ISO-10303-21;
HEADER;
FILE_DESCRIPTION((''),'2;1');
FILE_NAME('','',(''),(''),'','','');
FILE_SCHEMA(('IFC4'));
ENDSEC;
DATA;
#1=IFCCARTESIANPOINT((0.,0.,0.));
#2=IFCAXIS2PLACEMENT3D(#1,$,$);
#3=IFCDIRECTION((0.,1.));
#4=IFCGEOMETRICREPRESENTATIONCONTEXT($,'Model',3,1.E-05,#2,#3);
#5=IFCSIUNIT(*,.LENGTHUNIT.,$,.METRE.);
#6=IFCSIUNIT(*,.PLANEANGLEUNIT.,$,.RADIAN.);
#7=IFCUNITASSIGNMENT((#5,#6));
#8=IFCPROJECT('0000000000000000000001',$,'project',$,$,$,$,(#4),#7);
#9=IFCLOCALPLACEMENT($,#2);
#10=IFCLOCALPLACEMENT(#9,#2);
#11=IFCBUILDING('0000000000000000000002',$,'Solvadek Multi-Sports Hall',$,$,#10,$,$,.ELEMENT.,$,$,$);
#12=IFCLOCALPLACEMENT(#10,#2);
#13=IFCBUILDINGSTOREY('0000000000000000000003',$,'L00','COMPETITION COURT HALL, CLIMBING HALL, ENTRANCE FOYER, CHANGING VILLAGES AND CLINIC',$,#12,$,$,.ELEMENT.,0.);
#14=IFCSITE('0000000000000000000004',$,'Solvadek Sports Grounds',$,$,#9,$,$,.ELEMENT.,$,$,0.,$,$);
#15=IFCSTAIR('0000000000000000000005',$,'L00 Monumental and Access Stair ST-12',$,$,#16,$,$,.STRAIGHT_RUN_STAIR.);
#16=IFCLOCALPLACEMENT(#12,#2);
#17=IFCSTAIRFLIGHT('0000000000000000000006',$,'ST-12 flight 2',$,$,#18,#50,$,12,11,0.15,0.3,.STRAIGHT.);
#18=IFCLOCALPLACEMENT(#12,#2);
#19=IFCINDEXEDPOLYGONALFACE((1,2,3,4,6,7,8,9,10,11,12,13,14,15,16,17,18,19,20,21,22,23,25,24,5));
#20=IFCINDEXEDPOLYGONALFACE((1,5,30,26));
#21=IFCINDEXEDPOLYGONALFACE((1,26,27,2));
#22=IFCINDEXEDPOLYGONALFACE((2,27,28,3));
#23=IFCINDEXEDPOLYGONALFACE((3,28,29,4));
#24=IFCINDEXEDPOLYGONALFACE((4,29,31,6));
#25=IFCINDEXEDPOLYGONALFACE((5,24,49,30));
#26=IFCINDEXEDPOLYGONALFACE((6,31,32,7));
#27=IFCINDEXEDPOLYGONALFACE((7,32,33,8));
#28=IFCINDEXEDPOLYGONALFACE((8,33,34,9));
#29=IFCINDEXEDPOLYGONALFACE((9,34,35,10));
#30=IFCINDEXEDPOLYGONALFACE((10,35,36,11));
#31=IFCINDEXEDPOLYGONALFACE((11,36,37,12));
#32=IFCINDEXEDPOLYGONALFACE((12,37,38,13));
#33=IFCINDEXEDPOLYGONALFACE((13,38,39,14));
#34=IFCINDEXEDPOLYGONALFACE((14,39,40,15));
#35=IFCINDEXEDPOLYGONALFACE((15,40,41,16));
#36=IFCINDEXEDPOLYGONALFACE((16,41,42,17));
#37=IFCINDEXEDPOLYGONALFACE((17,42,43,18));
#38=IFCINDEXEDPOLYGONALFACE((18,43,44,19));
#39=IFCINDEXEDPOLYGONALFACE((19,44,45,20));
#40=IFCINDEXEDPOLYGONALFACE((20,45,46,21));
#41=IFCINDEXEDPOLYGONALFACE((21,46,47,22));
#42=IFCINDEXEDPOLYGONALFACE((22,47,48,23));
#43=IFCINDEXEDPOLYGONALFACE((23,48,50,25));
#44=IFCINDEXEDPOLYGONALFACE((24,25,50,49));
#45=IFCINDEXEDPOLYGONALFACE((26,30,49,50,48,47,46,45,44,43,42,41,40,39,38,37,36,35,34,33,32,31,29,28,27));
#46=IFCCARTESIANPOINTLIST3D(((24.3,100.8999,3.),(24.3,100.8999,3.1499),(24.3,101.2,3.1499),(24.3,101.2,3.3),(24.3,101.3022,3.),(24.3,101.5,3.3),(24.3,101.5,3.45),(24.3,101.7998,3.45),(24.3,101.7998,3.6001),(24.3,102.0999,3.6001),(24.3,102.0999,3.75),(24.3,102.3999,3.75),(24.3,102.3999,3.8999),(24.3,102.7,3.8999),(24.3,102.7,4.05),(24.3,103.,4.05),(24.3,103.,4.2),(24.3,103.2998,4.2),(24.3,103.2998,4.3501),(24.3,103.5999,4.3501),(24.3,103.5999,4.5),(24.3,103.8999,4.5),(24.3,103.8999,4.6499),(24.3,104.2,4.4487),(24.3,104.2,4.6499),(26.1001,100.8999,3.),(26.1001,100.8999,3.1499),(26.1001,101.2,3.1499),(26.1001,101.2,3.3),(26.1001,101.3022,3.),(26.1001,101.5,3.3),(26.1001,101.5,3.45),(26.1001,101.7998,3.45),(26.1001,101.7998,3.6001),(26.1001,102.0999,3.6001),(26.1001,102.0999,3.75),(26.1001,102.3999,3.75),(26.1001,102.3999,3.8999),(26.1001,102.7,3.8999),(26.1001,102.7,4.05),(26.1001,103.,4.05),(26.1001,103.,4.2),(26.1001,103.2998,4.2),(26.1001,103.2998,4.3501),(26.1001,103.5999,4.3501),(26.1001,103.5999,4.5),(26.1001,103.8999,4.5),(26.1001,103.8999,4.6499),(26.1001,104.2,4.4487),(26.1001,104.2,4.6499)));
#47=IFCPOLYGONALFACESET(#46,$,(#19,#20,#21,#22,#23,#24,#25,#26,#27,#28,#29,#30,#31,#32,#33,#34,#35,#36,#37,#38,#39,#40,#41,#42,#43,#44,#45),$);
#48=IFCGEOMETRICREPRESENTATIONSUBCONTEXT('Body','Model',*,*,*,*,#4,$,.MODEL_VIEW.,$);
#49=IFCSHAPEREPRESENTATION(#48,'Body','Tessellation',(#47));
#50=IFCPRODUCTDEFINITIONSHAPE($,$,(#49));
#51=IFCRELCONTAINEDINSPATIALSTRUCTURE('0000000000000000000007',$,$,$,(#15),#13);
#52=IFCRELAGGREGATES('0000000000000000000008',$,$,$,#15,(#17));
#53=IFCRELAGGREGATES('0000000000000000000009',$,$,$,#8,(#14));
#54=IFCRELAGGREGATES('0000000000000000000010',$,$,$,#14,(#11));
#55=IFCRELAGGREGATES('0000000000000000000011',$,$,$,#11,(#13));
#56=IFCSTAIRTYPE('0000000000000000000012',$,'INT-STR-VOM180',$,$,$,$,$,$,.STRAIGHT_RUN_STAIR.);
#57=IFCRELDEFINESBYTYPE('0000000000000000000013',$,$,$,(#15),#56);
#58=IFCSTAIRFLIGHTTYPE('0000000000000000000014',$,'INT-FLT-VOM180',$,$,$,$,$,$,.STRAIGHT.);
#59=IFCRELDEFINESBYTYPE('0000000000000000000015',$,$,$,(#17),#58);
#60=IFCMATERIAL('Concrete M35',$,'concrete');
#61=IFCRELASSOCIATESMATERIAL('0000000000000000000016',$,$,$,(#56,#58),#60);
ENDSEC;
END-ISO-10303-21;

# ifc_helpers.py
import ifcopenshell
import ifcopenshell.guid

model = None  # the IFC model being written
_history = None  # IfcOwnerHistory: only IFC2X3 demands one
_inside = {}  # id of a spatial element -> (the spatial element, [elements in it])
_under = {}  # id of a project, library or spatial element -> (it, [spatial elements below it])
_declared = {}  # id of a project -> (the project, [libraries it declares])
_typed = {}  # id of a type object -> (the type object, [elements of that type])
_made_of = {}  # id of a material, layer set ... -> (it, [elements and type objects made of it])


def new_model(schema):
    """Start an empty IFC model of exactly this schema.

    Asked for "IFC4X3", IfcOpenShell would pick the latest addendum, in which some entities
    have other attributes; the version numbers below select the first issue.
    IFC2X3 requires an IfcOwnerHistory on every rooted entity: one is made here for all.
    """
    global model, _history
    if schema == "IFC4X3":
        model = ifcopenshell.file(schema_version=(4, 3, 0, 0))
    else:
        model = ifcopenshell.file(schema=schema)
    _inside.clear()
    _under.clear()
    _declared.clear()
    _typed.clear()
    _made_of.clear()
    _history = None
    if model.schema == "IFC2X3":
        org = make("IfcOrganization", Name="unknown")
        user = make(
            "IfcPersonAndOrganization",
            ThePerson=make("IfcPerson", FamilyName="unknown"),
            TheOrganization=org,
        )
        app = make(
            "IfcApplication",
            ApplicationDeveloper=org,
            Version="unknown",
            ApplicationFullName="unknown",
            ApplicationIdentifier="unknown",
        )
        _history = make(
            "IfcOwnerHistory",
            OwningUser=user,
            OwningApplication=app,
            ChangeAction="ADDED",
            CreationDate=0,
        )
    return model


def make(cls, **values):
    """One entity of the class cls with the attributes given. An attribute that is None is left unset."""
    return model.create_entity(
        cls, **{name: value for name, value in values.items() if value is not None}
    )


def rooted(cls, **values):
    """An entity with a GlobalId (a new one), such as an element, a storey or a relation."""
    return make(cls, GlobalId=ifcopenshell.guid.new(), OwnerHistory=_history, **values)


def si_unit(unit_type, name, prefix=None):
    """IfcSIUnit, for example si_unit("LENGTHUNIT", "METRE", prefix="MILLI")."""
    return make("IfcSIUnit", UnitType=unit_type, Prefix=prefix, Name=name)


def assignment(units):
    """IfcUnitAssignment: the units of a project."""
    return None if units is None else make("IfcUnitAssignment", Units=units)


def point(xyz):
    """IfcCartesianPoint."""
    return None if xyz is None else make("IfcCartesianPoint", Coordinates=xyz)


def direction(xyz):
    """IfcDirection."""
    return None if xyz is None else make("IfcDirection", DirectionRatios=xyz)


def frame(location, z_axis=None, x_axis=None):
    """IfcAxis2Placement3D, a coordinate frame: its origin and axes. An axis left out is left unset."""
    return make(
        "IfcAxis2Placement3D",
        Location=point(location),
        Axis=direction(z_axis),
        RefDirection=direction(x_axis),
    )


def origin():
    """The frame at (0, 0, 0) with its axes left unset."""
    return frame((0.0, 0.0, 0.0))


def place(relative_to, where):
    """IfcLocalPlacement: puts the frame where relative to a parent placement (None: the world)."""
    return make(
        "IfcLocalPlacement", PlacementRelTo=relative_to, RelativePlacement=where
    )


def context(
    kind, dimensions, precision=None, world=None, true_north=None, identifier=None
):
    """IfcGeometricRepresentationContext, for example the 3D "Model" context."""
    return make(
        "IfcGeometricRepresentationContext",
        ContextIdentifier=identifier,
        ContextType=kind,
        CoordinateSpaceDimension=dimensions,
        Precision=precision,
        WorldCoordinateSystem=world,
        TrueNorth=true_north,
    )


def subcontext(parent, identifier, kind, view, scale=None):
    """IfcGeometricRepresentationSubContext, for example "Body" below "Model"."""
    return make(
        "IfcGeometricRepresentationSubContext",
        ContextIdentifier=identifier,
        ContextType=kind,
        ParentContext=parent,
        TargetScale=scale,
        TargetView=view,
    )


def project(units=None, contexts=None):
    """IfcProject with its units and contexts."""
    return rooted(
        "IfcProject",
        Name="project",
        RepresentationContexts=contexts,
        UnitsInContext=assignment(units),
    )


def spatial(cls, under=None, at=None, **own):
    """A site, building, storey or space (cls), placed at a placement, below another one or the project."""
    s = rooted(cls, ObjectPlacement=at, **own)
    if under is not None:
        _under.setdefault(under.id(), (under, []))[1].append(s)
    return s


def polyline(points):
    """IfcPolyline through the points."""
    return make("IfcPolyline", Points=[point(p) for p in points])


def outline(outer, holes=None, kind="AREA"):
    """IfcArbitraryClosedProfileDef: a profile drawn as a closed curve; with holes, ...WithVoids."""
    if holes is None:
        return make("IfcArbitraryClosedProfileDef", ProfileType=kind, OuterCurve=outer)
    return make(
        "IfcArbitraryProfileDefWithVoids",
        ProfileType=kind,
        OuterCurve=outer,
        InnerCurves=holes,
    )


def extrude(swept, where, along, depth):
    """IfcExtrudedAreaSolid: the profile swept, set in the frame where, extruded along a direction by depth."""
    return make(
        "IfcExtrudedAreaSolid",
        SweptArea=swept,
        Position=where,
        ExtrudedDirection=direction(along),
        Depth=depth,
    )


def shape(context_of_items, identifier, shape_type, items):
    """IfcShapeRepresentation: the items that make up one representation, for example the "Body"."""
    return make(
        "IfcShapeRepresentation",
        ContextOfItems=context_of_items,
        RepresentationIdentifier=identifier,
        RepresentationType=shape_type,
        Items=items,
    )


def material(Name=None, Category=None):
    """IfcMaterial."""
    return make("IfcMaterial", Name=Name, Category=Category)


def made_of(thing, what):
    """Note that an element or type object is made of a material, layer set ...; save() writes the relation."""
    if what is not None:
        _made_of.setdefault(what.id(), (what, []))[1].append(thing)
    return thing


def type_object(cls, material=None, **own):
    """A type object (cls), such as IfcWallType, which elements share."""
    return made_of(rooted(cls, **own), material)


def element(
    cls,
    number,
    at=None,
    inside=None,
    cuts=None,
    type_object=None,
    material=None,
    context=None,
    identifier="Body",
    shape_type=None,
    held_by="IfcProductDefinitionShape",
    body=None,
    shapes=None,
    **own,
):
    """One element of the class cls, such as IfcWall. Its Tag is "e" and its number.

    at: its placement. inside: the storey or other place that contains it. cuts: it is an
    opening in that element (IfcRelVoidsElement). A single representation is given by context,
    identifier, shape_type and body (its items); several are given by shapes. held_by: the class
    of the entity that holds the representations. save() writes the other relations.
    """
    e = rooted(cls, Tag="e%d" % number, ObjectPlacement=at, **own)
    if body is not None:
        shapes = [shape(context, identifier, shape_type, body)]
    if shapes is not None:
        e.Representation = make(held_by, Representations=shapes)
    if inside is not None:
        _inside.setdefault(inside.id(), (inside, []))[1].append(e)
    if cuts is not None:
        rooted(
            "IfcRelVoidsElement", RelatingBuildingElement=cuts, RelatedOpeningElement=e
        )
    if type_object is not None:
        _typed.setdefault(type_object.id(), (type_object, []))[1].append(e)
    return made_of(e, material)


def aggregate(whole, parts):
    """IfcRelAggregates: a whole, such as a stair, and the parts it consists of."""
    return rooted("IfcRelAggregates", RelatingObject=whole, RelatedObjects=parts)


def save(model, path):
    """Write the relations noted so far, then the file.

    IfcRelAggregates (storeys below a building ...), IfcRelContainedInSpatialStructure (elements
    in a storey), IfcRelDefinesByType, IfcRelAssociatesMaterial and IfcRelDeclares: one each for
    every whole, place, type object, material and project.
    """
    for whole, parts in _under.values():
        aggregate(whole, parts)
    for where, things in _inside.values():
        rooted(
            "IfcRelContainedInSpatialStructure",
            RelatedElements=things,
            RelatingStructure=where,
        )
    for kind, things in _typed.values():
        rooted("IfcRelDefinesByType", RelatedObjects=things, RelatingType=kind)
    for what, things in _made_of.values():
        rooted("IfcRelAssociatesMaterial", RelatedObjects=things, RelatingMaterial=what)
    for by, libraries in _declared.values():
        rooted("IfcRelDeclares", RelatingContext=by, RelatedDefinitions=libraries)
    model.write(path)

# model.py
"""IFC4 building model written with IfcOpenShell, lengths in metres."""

from ifc_helpers import new_model, si_unit, direction, frame, origin, place, context, subcontext, project, spatial, polyline, outline, extrude, material, type_object, element, aggregate, save


model = new_model("IFC4")

# Units and contexts
model_context = context("Model", 3, precision=1e-05, world=origin(), true_north=direction((0.0, 1.0)))
body_context = subcontext(model_context, "Body", "Model", "MODEL_VIEW")
ifc_project = project(units=[si_unit("LENGTHUNIT", "METRE"), si_unit("PLANEANGLEUNIT", "RADIAN")], contexts=[model_context])

# Site, building, storey
site_placement = place(None, origin())
site = spatial("IfcSite", under=ifc_project, at=site_placement, Name="Solvadek Sports Grounds", CompositionType="ELEMENT", RefElevation=0.0)
building_placement = place(site_placement, origin())
building = spatial("IfcBuilding", under=site, at=building_placement, Name="Solvadek Multi-Sports Hall", CompositionType="ELEMENT")
storey_placement = place(building_placement, origin())
storey = spatial("IfcBuildingStorey", under=building, at=storey_placement, Name="L00", Description="COMPETITION COURT HALL, CLIMBING HALL, ENTRANCE FOYER, CHANGING VILLAGES AND CLINIC", CompositionType="ELEMENT", Elevation=0.0)

# Stair, stair flight
ifc_material_1 = material(Name="Concrete M35", Category="concrete")
stair_type = type_object("IfcStairType", Name="INT-STR-VOM180", PredefinedType="STRAIGHT_RUN_STAIR", material=ifc_material_1)
stair_placement = place(storey_placement, origin())
stair = element("IfcStair", 1, at=stair_placement, inside=storey, type_object=stair_type, Name="L00 Monumental and Access Stair ST-12", PredefinedType="STRAIGHT_RUN_STAIR")
stair_flight_type = type_object("IfcStairFlightType", Name="INT-FLT-VOM180", PredefinedType="STRAIGHT", material=ifc_material_1)
stair_flight_1_placement = place(storey_placement, frame((25.2, 100.8999, 3.0), z_axis=(0.0, 0.0, 1.0), x_axis=(0.0, 1.0, 0.0)))
stair_flight_1 = element("IfcStairFlight", 2, at=stair_flight_1_placement, type_object=stair_flight_type, Name="ST-12 flight 2", NumberOfRisers=12, NumberOfTreads=11, PredefinedType="STRAIGHT", RiserHeight=0.15, TreadLength=0.3, context=body_context, shape_type="SweptSolid", body=[
    extrude(outline(polyline([(0.0, 0.0), (0.0, 0.1499), (0.3, 0.1499), (0.3, 0.3), (0.6001, 0.3), (0.6001, 0.45), (0.8999, 0.45), (0.8999, 0.6001), (1.2, 0.6001), (1.2, 0.75), (1.5, 0.75), (1.5, 0.8999), (1.8, 0.8999), (1.8, 1.05), (2.1001, 1.05), (2.1001, 1.2), (2.3999, 1.2), (2.3999, 1.3501), (2.7, 1.3501), (2.7, 1.5), (3.0, 1.5), (3.0, 1.6499), (3.3, 1.6499), (3.3, 1.8), (3.3, 1.4487), (0.4023, 0.0), (0.0, 0.0)])), frame((0.0, 0.8999, 0.0), z_axis=(0.0, -1.0, 0.0), x_axis=(1.0, 0.0, 0.0)), (0.0, 0.0, 1.0), 1.8),
])
aggregate(stair, [stair_flight_1])

save(model, "model.ifc")
